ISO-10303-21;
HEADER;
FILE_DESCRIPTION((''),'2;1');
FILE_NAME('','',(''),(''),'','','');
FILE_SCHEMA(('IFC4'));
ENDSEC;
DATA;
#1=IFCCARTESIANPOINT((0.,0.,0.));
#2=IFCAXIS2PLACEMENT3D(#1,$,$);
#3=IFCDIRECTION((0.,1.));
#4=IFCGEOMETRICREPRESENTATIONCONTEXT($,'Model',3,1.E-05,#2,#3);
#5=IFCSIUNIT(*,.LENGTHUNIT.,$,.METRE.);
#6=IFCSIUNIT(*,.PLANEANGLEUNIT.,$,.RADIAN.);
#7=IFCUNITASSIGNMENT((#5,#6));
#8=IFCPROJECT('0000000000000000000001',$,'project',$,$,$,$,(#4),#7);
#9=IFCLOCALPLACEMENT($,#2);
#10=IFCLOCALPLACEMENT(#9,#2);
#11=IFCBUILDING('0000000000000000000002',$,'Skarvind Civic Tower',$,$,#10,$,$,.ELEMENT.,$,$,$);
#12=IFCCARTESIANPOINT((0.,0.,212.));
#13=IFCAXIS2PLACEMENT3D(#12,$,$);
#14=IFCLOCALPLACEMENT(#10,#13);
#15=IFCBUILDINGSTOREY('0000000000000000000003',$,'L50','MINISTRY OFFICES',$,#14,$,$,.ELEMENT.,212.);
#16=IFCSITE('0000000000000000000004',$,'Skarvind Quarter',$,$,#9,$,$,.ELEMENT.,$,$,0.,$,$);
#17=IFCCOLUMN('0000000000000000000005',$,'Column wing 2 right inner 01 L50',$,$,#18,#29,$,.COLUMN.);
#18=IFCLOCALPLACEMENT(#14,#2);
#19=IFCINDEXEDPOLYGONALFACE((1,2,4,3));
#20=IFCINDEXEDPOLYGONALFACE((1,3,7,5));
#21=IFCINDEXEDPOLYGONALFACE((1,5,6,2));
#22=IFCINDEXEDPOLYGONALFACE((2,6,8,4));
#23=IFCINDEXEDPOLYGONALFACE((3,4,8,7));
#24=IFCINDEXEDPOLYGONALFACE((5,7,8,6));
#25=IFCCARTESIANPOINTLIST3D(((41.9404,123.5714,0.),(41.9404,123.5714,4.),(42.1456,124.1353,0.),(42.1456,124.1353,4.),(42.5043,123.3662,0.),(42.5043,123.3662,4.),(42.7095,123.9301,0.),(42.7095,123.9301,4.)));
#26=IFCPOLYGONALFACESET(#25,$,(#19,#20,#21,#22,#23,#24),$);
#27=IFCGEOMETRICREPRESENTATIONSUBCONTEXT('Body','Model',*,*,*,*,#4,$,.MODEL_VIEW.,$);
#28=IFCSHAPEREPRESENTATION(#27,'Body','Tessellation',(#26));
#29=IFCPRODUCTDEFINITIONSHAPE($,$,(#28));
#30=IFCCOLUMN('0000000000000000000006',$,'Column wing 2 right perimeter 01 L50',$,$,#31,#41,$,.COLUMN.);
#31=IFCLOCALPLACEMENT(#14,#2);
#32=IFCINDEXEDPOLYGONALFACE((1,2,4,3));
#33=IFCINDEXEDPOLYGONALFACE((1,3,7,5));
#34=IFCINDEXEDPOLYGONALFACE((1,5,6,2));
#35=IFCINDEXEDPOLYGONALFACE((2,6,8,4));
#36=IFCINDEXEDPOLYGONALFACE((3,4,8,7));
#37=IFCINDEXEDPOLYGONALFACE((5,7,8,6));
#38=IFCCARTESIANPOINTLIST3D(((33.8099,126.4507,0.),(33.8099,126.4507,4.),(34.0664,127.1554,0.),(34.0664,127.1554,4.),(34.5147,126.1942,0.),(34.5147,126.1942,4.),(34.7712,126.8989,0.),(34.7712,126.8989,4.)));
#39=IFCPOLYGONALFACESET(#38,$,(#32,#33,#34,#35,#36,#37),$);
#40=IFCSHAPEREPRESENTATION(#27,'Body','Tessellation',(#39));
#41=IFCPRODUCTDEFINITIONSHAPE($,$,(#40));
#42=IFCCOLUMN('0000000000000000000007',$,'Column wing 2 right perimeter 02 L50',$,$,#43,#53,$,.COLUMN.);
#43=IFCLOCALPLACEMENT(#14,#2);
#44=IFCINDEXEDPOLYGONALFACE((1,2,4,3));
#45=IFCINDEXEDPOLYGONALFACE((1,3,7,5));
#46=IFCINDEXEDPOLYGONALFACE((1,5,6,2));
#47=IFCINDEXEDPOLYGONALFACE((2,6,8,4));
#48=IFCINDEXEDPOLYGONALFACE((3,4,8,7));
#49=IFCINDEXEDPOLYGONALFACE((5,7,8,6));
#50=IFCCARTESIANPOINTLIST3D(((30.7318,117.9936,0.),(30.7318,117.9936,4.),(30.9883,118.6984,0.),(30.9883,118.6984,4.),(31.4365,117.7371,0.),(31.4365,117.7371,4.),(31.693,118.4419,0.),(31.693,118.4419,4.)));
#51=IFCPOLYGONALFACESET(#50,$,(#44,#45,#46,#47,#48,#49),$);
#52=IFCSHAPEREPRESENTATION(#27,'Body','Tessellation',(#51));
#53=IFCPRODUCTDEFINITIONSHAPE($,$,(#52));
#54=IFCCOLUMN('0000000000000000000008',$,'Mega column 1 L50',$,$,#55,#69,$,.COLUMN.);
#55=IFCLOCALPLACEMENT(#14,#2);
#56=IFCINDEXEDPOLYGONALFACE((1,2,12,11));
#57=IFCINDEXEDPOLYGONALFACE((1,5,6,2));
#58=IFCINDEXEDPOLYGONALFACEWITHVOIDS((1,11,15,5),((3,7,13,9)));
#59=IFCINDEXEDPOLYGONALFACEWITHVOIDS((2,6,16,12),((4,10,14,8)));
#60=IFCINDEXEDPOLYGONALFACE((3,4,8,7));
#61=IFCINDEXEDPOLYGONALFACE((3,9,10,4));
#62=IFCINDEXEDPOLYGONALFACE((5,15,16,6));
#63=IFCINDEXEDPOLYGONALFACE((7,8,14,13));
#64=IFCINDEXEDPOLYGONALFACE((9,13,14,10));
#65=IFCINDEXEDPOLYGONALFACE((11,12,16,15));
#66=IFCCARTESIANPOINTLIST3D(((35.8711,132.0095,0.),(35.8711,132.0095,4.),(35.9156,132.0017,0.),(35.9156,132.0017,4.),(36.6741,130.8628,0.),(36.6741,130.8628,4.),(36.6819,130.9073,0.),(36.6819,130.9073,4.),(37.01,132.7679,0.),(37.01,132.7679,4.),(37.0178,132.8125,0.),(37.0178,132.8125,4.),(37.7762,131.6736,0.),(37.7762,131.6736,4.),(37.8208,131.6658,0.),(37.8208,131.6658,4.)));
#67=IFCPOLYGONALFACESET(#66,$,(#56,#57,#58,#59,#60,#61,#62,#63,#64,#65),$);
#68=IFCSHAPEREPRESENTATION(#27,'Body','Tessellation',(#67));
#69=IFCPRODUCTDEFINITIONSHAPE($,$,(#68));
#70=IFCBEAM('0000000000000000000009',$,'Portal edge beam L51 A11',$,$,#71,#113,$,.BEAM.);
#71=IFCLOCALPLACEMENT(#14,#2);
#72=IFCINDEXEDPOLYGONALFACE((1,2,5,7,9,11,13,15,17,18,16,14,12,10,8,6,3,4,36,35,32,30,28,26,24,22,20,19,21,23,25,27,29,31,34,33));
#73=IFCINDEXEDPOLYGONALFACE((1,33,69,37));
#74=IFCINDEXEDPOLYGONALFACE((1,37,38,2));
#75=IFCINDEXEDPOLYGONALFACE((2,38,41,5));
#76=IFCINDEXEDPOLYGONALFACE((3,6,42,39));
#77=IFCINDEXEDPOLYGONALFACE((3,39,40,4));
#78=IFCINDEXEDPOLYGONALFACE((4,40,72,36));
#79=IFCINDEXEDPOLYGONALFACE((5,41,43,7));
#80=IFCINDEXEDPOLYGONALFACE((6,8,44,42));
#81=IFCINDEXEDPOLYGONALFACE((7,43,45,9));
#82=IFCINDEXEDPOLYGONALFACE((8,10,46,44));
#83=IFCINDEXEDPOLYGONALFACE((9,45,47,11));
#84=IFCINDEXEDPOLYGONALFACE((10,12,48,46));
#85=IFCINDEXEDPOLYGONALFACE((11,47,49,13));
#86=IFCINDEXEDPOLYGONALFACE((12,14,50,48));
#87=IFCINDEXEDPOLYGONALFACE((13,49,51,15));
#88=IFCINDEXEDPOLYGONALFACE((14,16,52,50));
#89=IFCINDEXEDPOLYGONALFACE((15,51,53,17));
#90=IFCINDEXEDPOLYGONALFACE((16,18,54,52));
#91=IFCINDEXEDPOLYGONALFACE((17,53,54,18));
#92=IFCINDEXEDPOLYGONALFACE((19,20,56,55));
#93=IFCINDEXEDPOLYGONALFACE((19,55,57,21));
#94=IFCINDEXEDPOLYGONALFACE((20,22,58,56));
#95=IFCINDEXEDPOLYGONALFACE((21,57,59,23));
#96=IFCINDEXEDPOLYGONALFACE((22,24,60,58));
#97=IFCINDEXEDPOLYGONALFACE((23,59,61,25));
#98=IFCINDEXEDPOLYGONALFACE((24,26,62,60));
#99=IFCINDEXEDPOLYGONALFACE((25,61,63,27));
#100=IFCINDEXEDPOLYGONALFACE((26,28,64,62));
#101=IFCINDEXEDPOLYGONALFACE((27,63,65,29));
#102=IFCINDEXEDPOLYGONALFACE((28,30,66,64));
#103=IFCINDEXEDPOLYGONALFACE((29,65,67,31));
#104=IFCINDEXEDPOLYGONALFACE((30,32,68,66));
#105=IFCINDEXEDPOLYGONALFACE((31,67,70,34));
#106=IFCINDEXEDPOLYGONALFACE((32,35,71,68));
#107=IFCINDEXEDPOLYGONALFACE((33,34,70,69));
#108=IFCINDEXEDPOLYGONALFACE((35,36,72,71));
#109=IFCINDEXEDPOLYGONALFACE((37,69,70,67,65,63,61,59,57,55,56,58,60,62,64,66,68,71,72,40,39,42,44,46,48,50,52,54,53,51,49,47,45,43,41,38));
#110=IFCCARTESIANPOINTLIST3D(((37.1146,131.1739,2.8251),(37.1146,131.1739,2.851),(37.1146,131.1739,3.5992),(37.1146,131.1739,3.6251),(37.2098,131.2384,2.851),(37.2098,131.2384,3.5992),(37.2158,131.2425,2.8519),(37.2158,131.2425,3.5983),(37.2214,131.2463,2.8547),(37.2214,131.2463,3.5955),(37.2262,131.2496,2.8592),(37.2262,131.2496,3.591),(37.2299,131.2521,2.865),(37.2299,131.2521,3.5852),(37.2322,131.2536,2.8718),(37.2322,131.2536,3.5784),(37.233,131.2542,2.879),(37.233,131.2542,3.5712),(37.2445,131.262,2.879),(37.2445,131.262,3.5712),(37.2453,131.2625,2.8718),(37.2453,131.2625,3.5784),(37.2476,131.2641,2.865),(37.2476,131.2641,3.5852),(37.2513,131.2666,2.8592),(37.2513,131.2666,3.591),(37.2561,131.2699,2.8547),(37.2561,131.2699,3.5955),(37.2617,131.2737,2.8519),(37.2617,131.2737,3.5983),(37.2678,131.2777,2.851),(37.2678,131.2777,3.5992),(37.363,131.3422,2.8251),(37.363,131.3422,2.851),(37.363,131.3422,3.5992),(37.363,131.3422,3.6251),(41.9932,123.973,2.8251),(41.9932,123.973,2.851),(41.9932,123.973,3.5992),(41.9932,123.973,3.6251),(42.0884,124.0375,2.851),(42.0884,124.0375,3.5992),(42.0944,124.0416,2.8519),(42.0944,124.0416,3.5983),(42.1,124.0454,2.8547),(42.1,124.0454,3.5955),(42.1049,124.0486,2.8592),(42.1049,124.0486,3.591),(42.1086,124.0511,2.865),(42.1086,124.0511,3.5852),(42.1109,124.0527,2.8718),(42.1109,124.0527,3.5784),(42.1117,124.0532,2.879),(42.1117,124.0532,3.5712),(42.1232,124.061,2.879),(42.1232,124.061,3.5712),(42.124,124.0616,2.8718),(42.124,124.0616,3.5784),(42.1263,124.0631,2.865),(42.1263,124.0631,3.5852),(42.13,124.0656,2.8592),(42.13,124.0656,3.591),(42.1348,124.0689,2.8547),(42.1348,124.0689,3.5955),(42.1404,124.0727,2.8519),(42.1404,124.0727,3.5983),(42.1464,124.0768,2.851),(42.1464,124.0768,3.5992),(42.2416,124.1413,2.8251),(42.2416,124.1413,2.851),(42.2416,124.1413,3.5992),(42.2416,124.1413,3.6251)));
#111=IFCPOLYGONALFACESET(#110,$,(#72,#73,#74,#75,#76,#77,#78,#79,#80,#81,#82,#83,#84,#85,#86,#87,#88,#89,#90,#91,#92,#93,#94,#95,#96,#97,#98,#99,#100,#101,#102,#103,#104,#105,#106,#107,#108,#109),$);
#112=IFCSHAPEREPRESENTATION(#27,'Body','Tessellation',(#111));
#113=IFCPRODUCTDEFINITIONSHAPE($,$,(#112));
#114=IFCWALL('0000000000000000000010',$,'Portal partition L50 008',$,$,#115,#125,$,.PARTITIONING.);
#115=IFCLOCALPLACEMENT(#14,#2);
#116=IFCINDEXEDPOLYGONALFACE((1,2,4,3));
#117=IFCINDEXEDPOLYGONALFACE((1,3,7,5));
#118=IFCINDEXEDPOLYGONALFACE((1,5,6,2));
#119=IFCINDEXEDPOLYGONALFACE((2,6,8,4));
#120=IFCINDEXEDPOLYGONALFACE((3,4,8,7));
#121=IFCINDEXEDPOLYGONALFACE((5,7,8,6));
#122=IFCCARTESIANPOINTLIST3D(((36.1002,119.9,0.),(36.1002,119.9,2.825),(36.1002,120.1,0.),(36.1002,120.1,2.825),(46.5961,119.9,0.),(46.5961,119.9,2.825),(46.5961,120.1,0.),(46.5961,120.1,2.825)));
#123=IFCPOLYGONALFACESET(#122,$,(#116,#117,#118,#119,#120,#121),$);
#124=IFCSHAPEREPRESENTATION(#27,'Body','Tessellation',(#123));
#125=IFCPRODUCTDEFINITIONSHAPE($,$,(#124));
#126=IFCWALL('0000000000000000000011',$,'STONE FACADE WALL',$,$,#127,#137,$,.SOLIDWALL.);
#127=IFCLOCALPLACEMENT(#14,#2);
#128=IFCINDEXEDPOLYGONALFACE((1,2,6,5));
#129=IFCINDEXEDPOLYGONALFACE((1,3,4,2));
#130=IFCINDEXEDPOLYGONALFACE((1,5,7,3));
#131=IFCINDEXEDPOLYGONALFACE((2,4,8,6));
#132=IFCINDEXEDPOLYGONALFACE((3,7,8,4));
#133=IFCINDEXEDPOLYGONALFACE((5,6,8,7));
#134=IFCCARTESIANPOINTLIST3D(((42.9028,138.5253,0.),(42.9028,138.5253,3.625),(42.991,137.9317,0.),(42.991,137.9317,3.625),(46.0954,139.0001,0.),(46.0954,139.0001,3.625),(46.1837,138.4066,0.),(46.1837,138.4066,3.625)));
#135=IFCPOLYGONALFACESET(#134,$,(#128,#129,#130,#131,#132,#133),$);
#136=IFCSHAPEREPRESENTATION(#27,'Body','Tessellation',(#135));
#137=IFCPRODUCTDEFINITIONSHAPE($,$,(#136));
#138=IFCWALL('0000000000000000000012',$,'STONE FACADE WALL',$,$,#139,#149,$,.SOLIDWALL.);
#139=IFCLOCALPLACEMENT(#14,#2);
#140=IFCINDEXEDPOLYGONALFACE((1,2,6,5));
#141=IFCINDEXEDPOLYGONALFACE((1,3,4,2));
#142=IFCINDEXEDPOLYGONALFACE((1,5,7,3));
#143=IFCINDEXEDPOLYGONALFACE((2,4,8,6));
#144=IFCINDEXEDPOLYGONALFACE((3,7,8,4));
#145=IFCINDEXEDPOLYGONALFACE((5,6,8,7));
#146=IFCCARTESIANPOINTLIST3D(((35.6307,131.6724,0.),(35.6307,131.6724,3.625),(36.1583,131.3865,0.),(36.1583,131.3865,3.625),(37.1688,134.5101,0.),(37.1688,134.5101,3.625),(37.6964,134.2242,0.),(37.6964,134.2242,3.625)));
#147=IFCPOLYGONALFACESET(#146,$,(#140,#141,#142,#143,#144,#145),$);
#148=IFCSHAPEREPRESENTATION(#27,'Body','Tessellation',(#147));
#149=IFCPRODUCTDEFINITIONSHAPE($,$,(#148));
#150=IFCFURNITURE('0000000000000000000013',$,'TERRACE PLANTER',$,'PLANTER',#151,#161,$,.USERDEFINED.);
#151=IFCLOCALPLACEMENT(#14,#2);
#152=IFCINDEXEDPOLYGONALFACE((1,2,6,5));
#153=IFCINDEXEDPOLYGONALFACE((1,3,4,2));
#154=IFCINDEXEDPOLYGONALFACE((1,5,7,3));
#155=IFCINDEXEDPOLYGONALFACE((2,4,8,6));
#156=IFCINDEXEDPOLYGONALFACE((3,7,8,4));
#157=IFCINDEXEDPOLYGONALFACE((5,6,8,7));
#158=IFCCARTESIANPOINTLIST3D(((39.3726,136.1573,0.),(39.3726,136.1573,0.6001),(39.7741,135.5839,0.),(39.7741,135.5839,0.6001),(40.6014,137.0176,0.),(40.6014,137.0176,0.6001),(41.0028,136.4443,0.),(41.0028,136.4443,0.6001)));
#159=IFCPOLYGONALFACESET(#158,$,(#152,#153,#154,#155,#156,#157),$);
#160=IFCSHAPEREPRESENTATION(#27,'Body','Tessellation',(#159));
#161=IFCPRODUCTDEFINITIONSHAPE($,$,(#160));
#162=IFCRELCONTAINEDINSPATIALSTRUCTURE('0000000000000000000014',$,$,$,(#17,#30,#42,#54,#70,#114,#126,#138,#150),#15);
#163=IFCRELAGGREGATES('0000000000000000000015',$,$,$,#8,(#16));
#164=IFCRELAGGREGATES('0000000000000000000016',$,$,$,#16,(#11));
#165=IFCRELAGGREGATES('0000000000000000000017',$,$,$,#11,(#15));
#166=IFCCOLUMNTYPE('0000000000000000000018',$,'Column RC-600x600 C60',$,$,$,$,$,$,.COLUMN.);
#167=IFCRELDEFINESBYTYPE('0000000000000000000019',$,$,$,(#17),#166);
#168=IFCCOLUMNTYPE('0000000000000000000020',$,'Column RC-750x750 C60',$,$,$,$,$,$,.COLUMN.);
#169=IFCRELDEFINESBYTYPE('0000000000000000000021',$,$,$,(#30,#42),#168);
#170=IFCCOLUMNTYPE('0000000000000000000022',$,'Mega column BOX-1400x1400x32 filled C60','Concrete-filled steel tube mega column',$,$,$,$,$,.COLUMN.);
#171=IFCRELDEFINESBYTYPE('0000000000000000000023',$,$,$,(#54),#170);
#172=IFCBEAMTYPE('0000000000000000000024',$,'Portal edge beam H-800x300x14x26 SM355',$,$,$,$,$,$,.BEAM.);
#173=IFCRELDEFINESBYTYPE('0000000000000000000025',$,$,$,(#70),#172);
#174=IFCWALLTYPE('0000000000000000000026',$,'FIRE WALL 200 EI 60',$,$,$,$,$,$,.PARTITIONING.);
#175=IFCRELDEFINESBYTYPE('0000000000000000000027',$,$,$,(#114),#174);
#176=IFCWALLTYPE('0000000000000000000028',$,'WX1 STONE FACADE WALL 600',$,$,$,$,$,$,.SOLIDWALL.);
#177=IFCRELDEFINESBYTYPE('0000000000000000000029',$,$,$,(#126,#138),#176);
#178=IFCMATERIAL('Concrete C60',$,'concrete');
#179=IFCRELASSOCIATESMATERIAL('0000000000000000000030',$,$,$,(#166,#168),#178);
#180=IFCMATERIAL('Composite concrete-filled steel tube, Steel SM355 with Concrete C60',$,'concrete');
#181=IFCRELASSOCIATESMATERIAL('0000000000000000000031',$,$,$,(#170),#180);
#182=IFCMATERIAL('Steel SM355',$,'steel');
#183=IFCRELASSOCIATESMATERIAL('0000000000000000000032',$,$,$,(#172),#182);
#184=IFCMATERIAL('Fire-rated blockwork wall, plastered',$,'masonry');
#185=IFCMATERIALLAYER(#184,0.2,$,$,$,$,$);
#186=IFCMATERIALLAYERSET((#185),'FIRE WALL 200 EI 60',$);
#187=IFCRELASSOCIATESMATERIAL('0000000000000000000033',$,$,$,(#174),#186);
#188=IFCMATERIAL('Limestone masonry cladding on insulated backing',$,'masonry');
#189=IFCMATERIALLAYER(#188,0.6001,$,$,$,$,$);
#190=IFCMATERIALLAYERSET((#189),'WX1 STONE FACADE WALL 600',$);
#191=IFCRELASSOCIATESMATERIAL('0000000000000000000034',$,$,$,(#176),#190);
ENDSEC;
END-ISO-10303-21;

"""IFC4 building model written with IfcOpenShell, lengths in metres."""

from ifc_helpers import new_model, si_unit, direction, frame, frame_2d, origin, origin_2d, place, context, subcontext, project, spatial, rectangle, hollow_rectangle, i_section, extrude, material, layer, layer_set, material_profile, profile_set, type_object, element, save


model = new_model("IFC4")

# Units and contexts
model_context = context("Model", 3, precision=1e-05, world=origin(), true_north=direction((0.0, 1.0)))
body_context = subcontext(model_context, "Body", "Model", "MODEL_VIEW")
ifc_project = project(units=[si_unit("LENGTHUNIT", "METRE"), si_unit("PLANEANGLEUNIT", "RADIAN")], contexts=[model_context])

# Site, building, storey
site_placement = place(None, origin())
site = spatial("IfcSite", under=ifc_project, at=site_placement, Name="Skarvind Quarter", CompositionType="ELEMENT", RefElevation=0.0)
building_placement = place(site_placement, origin())
building = spatial("IfcBuilding", under=site, at=building_placement, Name="Skarvind Civic Tower", CompositionType="ELEMENT")
storey_placement = place(building_placement, frame((0.0, 0.0, 212.0)))
storey = spatial("IfcBuildingStorey", under=building, at=storey_placement, Name="L50", Description="MINISTRY OFFICES", CompositionType="ELEMENT", Elevation=212.0)

# Columns
ifc_material_1 = material(Name="Concrete C60", Category="concrete")
ifc_material_profile_1 = material_profile(ifc_material_1, rectangle(XDim=0.6001, YDim=0.6001, at=origin_2d()), Name="RC-600x600")
ifc_profile_set_1 = profile_set([ifc_material_profile_1], Name="Concrete C60")
column_type_1 = type_object("IfcColumnType", Name="Column RC-600x600 C60", PredefinedType="COLUMN", material=ifc_profile_set_1)
column_1_placement = place(storey_placement, frame((42.325, 123.7507, 0.0), z_axis=(0.0, 0.0, 1.0), x_axis=(-0.34202, -0.939693, 0.0)))
element("IfcColumn", 1, at=column_1_placement, inside=storey, type_object=column_type_1, Name="Column wing 2 right inner 01 L50", PredefinedType="COLUMN", context=body_context, shape_type="SweptSolid", body=[
    extrude(rectangle(XDim=0.6001, YDim=0.6001, at=origin_2d()), origin(), (0.0, 0.0, 1.0), 4.0),
])
ifc_material_profile_2 = material_profile(ifc_material_1, rectangle(XDim=0.75, YDim=0.75, at=origin_2d()), Name="RC-750x750")
ifc_profile_set_2 = profile_set([ifc_material_profile_2], Name="Concrete C60")
column_type_2 = type_object("IfcColumnType", Name="Column RC-750x750 C60", PredefinedType="COLUMN", material=ifc_profile_set_2)
for number, where, z_axis, x_axis, name in (
    (2, (34.2905, 126.6748, 0.0), (0.0, 0.0, 1.0), (-0.34202, -0.939693, 0.0), "Column wing 2 right perimeter 01 L50"),
    (3, (31.2124, 118.2178, 0.0), (0.0, 0.0, 1.0), (-0.34202, -0.939693, 0.0), "Column wing 2 right perimeter 02 L50"),
):
    element("IfcColumn", number, at=place(storey_placement, frame(where, z_axis=z_axis, x_axis=x_axis)), inside=storey, type_object=column_type_2, Name=name, PredefinedType="COLUMN", context=body_context, shape_type="SweptSolid", body=[
        extrude(rectangle(XDim=0.75, YDim=0.75, at=origin_2d()), origin(), (0.0, 0.0, 1.0), 4.0),
    ])
ifc_material_2 = material(Name="Composite concrete-filled steel tube, Steel SM355 with Concrete C60", Category="concrete")
ifc_material_profile_3 = material_profile(ifc_material_2, hollow_rectangle(XDim=1.3999, YDim=1.3999, WallThickness=0.032, at=origin_2d()), Name="BOX-1400x1400x32")
ifc_profile_set_3 = profile_set([ifc_material_profile_3], Name="Composite concrete-filled steel tube, Steel SM355 with Concrete C60")
column_type_3 = type_object("IfcColumnType", Name="Mega column BOX-1400x1400x32 filled C60", Description="Concrete-filled steel tube mega column", PredefinedType="COLUMN", material=ifc_profile_set_3)
column_2_placement = place(storey_placement, frame((36.8459, 131.8376, 0.0), z_axis=(0.0, 0.0, 1.0), x_axis=(0.573576, -0.819152, 0.0)))
element("IfcColumn", 4, at=column_2_placement, inside=storey, type_object=column_type_3, Name="Mega column 1 L50", PredefinedType="COLUMN", context=body_context, shape_type="SweptSolid", body=[
    extrude(hollow_rectangle(XDim=1.3999, YDim=1.3999, WallThickness=0.032, at=origin_2d()), origin(), (0.0, 0.0, 1.0), 4.0),
])

# Beam
ifc_material_3 = material(Name="Steel SM355", Category="steel")
ifc_material_profile_4 = material_profile(ifc_material_3, i_section(OverallWidth=0.3, OverallDepth=0.8, WebThickness=0.0139, FlangeThickness=0.0259, FilletRadius=0.0281, at=origin_2d()), Name="H-800x300x14x26")
ifc_profile_set_4 = profile_set([ifc_material_profile_4], Name="Steel SM355")
beam_type = type_object("IfcBeamType", Name="Portal edge beam H-800x300x14x26 SM355", PredefinedType="BEAM", material=ifc_profile_set_4)
beam_placement = place(storey_placement, frame((42.1174, 124.0571, 3.2251), z_axis=(-0.560897, 0.827886, 0.0), x_axis=(-0.827886, -0.560897, 0.0)))
element("IfcBeam", 5, at=beam_placement, inside=storey, type_object=beam_type, Name="Portal edge beam L51 A11", PredefinedType="BEAM", context=body_context, shape_type="SweptSolid", body=[
    extrude(i_section(OverallWidth=0.3, OverallDepth=0.8, WebThickness=0.0139, FlangeThickness=0.0259, FilletRadius=0.0281, at=origin_2d()), origin(), (0.0, 0.0, 1.0), 8.698),
])

# Walls
ifc_material_4 = material(Name="Fire-rated blockwork wall, plastered", Category="masonry")
ifc_layer_1 = layer(ifc_material_4, 0.2)
ifc_layer_set_1 = layer_set([ifc_layer_1], Name="FIRE WALL 200 EI 60")
wall_type_1 = type_object("IfcWallType", Name="FIRE WALL 200 EI 60", PredefinedType="PARTITIONING", material=ifc_layer_set_1)
wall_1_placement = place(storey_placement, frame((36.1001, 120.0, 0.0), z_axis=(0.0, 0.0, 1.0), x_axis=(1.0, 0.0, 0.0)))
element("IfcWall", 6, at=wall_1_placement, inside=storey, type_object=wall_type_1, Name="Portal partition L50 008", PredefinedType="PARTITIONING", context=body_context, shape_type="SweptSolid", body=[
    extrude(rectangle(XDim=10.4958, YDim=0.2, at=frame_2d((5.248, 0.0))), origin(), (0.0, 0.0, 1.0), 2.825),
])
ifc_material_5 = material(Name="Limestone masonry cladding on insulated backing", Category="masonry")
ifc_layer_2 = layer(ifc_material_5, 0.6001)
ifc_layer_set_2 = layer_set([ifc_layer_2], Name="WX1 STONE FACADE WALL 600")
wall_type_2 = type_object("IfcWallType", Name="WX1 STONE FACADE WALL 600", PredefinedType="SOLIDWALL", material=ifc_layer_set_2)
wall_2_placement = place(storey_placement, frame((42.947, 138.2285, 0.0), z_axis=(0.0, 0.0, 1.0), x_axis=(0.989119, 0.147116, 0.0)))
element("IfcWall", 7, at=wall_2_placement, inside=storey, type_object=wall_type_2, Name="STONE FACADE WALL", PredefinedType="SOLIDWALL", context=body_context, shape_type="SweptSolid", body=[
    extrude(rectangle(XDim=3.2278, YDim=0.6001, at=frame_2d((1.6138, 0.0))), origin(), (0.0, 0.0, 1.0), 3.625),
])

# Wall
wall_3_placement = place(storey_placement, frame((35.8945, 131.5295, 0.0), z_axis=(0.0, 0.0, 1.0), x_axis=(0.476529, 0.879159, 0.0)))
element("IfcWall", 8, at=wall_3_placement, inside=storey, type_object=wall_type_2, Name="STONE FACADE WALL", PredefinedType="SOLIDWALL", context=body_context, shape_type="SweptSolid", body=[
    extrude(rectangle(XDim=3.2278, YDim=0.6001, at=frame_2d((1.6138, 0.0))), origin(), (0.0, 0.0, 1.0), 3.625),
])

# Furniture
furniture_placement = place(storey_placement, frame((40.1877, 136.3008, 0.0), z_axis=(0.0, 0.0, 1.0), x_axis=(0.819152, 0.573576, 0.0)))
element("IfcFurniture", 9, at=furniture_placement, inside=storey, Name="TERRACE PLANTER", ObjectType="PLANTER", PredefinedType="USERDEFINED", context=body_context, shape_type="SweptSolid", body=[
    extrude(rectangle(XDim=1.5, YDim=0.7, at=origin_2d()), origin(), (0.0, 0.0, 1.0), 0.6001),
])

save(model, "model.ifc")
